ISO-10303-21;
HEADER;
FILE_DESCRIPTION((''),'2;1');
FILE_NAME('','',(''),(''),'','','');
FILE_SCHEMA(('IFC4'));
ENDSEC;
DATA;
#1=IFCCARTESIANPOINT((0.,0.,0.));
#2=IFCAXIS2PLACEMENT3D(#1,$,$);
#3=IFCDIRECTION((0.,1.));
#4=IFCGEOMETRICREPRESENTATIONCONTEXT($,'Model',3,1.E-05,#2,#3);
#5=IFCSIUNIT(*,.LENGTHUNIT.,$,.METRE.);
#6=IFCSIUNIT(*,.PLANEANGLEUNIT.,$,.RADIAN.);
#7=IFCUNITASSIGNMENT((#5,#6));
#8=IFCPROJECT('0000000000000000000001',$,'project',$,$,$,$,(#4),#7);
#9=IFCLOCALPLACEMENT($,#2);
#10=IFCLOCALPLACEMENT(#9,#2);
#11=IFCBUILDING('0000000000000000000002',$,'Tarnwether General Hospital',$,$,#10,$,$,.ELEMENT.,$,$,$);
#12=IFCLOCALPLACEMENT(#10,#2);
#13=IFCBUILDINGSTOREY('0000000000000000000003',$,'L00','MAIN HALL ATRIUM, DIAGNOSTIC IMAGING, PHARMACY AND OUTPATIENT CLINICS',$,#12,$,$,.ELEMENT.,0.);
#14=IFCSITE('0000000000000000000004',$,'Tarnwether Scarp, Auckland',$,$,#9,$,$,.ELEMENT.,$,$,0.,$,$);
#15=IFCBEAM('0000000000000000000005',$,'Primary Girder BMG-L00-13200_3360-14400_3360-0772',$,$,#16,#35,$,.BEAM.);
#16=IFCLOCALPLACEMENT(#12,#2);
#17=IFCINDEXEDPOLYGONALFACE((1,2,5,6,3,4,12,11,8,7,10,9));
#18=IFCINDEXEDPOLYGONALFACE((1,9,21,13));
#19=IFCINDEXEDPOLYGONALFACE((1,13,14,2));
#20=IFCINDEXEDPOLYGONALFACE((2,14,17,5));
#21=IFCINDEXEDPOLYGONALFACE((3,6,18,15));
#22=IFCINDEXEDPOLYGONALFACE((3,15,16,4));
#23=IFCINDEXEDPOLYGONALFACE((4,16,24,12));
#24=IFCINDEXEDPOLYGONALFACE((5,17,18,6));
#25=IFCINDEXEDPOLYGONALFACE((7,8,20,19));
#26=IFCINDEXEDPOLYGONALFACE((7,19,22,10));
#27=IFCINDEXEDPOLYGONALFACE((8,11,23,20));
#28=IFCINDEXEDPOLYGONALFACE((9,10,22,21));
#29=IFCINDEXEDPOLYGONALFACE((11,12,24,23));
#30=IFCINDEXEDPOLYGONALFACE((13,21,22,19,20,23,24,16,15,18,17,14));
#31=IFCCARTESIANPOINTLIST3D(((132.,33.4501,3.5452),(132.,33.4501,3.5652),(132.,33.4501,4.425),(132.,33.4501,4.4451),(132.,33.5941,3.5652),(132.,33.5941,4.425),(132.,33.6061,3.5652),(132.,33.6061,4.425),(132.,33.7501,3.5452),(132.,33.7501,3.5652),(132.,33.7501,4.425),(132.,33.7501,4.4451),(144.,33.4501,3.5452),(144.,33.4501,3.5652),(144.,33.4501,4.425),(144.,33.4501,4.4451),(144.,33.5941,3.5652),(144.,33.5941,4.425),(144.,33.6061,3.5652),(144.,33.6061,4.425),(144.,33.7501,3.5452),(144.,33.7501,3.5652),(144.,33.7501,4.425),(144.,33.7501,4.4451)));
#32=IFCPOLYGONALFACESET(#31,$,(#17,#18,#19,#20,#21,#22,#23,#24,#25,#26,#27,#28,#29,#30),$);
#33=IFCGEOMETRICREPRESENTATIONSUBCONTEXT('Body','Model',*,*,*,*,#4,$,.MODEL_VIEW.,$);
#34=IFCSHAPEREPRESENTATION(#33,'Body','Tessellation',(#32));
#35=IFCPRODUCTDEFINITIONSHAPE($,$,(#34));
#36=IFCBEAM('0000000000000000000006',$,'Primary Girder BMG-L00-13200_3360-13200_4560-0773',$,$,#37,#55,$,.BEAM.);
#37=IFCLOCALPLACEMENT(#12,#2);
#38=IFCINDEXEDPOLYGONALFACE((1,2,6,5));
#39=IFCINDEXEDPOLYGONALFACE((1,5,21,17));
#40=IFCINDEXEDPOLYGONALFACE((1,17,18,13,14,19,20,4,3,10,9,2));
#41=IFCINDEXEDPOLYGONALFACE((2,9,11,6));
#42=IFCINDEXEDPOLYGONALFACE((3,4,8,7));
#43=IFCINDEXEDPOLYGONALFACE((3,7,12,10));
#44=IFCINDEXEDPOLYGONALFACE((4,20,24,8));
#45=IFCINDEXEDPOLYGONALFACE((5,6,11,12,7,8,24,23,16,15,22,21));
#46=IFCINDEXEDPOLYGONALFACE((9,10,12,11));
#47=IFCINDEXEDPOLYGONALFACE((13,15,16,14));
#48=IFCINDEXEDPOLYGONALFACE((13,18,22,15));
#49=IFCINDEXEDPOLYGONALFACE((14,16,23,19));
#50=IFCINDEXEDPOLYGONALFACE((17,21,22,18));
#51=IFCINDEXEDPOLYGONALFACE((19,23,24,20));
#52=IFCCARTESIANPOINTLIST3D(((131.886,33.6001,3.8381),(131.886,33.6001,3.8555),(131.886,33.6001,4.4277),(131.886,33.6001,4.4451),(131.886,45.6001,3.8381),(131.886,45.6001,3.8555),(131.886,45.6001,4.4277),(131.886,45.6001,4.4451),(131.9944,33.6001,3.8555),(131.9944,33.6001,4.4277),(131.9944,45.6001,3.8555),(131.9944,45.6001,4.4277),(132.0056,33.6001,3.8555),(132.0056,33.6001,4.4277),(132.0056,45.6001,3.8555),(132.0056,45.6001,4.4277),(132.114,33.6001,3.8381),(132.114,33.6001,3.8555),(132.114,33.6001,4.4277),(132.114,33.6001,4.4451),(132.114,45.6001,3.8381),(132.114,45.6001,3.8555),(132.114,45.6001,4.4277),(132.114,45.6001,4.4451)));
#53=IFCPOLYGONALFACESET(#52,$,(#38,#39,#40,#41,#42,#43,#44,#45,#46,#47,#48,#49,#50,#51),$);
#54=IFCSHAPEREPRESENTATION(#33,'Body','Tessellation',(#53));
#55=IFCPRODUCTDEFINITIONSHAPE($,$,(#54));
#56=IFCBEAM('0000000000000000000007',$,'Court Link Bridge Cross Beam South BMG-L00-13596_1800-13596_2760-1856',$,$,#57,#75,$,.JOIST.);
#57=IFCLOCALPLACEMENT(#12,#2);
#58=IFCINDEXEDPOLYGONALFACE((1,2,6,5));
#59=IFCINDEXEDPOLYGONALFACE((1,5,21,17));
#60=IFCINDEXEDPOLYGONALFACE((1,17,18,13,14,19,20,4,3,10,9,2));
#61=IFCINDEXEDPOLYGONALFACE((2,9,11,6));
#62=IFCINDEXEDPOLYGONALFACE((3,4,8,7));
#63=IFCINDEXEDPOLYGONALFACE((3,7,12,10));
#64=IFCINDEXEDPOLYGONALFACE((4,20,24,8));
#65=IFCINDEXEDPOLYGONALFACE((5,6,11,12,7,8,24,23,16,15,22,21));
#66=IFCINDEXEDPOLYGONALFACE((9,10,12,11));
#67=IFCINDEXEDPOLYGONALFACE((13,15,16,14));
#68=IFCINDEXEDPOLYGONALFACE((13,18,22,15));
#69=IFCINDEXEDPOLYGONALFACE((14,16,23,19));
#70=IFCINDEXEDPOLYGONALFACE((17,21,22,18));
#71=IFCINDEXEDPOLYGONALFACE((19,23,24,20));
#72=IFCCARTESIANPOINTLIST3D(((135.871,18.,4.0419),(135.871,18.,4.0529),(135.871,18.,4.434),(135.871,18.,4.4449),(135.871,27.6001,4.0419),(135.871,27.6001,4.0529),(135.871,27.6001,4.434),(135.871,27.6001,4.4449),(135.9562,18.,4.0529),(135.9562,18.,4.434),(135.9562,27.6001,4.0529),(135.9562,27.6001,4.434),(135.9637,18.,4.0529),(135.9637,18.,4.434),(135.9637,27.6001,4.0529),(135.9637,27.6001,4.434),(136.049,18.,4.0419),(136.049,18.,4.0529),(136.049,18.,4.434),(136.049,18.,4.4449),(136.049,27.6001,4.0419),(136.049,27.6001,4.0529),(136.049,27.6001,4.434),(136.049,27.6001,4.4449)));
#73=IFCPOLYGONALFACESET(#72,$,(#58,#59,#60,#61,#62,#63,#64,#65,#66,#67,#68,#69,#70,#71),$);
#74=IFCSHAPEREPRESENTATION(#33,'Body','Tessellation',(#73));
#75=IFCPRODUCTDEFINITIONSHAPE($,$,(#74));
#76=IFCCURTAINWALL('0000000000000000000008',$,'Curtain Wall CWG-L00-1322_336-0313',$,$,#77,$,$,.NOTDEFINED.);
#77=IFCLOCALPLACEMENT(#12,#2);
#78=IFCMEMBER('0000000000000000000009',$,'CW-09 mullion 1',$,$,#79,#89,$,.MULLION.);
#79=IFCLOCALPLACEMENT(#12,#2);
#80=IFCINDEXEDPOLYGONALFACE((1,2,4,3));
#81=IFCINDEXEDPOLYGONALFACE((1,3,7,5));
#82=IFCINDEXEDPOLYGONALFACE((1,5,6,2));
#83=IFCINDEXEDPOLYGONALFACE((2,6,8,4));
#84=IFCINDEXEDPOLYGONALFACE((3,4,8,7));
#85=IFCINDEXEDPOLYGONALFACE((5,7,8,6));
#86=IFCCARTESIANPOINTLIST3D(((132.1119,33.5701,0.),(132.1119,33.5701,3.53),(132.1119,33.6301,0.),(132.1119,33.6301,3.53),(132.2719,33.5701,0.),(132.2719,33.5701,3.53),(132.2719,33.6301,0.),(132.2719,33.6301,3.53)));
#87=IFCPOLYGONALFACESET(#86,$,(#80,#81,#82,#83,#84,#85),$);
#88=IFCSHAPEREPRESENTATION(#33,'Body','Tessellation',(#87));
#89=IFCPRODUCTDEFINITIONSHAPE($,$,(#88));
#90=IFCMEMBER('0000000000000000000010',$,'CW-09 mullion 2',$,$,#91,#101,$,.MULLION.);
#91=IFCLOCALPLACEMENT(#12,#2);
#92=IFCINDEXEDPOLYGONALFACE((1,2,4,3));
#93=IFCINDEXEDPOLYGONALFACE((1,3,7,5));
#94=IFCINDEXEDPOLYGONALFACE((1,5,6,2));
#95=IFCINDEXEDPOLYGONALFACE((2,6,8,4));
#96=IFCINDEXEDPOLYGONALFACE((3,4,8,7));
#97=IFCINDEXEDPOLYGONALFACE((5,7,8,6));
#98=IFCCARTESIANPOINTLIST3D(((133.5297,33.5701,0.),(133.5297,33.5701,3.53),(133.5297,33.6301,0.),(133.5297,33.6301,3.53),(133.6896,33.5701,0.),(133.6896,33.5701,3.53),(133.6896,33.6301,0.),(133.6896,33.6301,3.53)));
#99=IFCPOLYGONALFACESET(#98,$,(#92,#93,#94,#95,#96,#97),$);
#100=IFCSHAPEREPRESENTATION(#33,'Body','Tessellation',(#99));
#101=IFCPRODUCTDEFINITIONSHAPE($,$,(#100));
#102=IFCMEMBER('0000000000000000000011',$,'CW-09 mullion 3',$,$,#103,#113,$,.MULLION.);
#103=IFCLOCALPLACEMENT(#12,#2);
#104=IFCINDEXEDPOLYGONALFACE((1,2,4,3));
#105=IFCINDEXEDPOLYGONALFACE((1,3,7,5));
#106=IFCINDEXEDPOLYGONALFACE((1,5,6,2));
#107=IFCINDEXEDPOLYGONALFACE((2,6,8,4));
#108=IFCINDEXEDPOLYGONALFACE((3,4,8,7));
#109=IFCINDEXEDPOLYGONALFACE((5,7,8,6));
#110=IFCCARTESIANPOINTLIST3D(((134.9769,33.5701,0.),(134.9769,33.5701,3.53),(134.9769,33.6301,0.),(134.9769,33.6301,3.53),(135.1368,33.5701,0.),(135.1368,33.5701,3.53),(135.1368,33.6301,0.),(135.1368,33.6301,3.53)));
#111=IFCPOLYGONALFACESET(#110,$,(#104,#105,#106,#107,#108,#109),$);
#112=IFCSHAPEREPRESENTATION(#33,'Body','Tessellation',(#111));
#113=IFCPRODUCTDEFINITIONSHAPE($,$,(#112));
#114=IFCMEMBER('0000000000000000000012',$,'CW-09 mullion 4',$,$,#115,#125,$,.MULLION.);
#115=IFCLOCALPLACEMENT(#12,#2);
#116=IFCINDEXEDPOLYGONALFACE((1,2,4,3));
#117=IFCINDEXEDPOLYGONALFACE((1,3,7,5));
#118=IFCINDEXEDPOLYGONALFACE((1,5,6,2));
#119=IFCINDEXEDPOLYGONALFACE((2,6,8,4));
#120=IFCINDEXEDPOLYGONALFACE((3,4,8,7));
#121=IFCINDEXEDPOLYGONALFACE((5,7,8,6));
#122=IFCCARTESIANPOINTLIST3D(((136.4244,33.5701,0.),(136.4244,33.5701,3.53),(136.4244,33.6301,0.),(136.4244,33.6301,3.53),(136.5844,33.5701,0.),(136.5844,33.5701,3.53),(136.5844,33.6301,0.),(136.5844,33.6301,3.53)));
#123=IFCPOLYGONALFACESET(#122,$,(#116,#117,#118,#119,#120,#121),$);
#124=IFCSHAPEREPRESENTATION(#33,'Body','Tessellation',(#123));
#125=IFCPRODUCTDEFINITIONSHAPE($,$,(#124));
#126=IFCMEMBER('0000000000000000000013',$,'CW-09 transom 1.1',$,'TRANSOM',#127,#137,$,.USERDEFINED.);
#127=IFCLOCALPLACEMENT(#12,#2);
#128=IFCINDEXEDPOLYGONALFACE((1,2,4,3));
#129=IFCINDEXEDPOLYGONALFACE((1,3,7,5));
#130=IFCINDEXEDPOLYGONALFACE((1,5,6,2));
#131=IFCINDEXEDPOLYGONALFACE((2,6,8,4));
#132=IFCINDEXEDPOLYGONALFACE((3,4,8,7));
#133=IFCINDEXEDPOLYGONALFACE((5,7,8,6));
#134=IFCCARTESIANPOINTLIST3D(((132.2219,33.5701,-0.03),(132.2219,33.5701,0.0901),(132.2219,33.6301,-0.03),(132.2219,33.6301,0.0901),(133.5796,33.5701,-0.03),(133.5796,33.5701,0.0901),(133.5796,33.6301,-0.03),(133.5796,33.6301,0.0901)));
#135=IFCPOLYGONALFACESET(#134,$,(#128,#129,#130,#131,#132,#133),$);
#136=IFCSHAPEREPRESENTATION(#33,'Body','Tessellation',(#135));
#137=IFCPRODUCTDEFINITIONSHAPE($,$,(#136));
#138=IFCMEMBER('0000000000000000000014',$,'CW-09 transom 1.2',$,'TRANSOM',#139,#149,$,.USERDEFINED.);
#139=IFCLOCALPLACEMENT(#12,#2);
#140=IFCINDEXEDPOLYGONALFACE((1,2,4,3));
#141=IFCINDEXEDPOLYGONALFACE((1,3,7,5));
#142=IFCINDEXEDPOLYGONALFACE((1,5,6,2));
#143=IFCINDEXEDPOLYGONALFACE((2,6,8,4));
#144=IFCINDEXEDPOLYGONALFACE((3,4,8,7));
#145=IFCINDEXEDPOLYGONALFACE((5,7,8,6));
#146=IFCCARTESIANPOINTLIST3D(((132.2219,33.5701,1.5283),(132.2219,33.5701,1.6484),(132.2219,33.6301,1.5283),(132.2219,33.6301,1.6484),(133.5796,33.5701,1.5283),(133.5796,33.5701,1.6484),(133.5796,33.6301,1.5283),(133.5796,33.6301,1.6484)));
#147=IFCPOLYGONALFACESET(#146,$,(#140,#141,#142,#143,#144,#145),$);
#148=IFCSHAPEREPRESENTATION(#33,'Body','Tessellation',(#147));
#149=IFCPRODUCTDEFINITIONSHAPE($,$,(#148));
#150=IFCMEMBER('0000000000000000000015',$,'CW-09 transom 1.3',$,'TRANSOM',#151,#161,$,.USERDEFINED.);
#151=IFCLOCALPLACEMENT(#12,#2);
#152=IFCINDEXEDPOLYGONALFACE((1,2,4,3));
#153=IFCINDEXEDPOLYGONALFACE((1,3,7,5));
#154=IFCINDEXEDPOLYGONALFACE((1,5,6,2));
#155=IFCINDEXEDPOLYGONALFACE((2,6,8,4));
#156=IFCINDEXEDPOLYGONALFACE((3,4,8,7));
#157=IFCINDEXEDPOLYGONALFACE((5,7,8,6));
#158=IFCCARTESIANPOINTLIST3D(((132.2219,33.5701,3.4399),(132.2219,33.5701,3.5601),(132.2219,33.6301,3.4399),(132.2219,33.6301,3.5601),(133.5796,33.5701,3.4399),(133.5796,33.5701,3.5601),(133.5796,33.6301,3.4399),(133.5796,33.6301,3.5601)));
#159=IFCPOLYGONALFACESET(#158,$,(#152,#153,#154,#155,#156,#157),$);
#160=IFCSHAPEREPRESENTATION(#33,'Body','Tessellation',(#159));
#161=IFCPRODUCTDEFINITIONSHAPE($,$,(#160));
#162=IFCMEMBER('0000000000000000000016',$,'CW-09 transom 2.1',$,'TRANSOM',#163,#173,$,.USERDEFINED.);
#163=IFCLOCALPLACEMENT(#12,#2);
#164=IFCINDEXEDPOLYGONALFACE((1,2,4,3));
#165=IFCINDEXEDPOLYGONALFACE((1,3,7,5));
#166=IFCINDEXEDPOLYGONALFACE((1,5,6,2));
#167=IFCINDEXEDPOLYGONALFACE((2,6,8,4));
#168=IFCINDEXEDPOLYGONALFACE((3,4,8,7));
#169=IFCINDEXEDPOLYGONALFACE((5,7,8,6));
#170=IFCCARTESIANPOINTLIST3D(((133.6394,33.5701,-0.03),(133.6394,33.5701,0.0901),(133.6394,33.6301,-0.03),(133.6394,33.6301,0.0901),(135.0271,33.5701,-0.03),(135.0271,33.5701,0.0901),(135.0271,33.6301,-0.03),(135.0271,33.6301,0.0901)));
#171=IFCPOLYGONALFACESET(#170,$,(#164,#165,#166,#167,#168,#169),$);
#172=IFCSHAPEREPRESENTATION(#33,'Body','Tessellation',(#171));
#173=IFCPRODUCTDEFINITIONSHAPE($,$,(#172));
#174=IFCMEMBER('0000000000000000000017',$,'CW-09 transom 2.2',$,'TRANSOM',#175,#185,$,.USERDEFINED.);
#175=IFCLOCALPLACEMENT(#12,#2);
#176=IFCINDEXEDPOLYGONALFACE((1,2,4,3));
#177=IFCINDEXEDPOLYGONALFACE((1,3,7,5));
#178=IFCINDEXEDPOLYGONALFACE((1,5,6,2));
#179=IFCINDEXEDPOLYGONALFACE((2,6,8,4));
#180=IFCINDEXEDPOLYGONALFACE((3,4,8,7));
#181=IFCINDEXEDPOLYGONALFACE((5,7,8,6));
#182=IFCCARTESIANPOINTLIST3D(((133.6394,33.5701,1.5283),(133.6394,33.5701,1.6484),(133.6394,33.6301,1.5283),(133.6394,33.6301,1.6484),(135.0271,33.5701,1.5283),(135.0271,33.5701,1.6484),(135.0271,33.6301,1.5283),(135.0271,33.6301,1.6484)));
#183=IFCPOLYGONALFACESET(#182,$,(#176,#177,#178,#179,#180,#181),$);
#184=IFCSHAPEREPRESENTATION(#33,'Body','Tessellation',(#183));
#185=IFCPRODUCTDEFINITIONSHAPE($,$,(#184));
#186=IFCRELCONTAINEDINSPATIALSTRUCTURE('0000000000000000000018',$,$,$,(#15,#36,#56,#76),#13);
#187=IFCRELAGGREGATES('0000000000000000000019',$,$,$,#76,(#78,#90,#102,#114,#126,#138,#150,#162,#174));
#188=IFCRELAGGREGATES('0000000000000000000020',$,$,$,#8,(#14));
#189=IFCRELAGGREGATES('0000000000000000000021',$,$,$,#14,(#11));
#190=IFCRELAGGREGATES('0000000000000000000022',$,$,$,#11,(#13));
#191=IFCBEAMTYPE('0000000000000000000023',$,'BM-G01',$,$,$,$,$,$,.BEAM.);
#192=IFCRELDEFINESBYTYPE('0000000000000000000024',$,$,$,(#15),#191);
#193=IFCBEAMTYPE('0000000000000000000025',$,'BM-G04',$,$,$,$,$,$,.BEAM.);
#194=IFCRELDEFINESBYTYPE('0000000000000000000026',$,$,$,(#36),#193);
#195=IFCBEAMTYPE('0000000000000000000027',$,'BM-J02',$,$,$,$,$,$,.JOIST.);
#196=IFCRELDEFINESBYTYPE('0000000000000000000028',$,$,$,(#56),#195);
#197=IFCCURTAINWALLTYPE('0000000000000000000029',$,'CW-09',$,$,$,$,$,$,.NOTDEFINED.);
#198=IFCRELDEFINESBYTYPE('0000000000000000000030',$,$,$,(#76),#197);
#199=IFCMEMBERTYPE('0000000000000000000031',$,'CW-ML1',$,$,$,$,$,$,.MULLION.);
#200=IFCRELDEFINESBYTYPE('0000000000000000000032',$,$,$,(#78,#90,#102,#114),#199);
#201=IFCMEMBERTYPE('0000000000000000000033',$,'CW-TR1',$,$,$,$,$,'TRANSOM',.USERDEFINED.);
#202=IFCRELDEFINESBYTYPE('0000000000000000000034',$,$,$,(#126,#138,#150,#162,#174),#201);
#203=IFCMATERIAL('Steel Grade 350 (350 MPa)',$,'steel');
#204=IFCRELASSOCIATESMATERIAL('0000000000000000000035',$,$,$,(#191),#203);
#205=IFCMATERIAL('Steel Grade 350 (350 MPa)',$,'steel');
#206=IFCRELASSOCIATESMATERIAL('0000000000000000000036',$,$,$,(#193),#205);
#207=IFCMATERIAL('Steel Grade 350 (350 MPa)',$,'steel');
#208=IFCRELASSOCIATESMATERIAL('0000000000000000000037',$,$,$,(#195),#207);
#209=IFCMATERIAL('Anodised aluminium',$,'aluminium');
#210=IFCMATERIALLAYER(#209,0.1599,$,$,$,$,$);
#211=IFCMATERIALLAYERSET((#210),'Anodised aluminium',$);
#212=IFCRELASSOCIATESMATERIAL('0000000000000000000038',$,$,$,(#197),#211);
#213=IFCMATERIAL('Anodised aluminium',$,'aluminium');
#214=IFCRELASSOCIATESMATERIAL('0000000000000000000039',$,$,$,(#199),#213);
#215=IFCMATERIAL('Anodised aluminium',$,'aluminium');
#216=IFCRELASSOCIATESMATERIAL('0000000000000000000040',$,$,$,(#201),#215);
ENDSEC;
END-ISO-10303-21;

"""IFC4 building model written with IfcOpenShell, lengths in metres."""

from ifc_helpers import new_model, si_unit, direction, frame, origin, origin_2d, place, context, subcontext, project, spatial, rectangle, i_section, extrude, material, layer, layer_set, material_profile, profile_set, type_object, element, aggregate, save


model = new_model("IFC4")

# Units and contexts
model_context = context("Model", 3, precision=1e-05, world=origin(), true_north=direction((0.0, 1.0)))
body_context = subcontext(model_context, "Body", "Model", "MODEL_VIEW")
ifc_project = project(units=[si_unit("LENGTHUNIT", "METRE"), si_unit("PLANEANGLEUNIT", "RADIAN")], contexts=[model_context])

# Site, building, storey
site_placement = place(None, origin())
site = spatial("IfcSite", under=ifc_project, at=site_placement, Name="Tarnwether Scarp, Auckland", CompositionType="ELEMENT", RefElevation=0.0)
building_placement = place(site_placement, origin())
building = spatial("IfcBuilding", under=site, at=building_placement, Name="Tarnwether General Hospital", CompositionType="ELEMENT")
storey_placement = place(building_placement, origin())
storey = spatial("IfcBuildingStorey", under=building, at=storey_placement, Name="L00", Description="MAIN HALL ATRIUM, DIAGNOSTIC IMAGING, PHARMACY AND OUTPATIENT CLINICS", CompositionType="ELEMENT", Elevation=0.0)

# Beams
ifc_material_1 = material(Name="Steel Grade 350 (350 MPa)", Category="steel")
ifc_material_profile_1 = material_profile(ifc_material_1, i_section(OverallWidth=0.3, OverallDepth=0.8999, WebThickness=0.012, FlangeThickness=0.02, at=origin_2d()), Name="900WB175")
ifc_profile_set_1 = profile_set([ifc_material_profile_1], Name="Steel Grade 350 (350 MPa)")
beam_type_1 = type_object("IfcBeamType", Name="BM-G01", PredefinedType="BEAM", material=ifc_profile_set_1)
beam_1_placement = place(storey_placement, frame((132.0, 33.6001, 3.9951), z_axis=(1.0, 0.0, 0.0), x_axis=(0.0, 1.0, 0.0)))
element("IfcBeam", 1, at=beam_1_placement, inside=storey, type_object=beam_type_1, Name="Primary Girder BMG-L00-13200_3360-14400_3360-0772", PredefinedType="BEAM", context=body_context, shape_type="SweptSolid", body=[
    extrude(i_section(OverallWidth=0.3, OverallDepth=0.8999, WebThickness=0.012, FlangeThickness=0.02, at=origin_2d()), origin(), (0.0, 0.0, 1.0), 12.0),
])
ifc_material_2 = material(Name="Steel Grade 350 (350 MPa)", Category="steel")
ifc_material_profile_2 = material_profile(ifc_material_2, i_section(OverallWidth=0.228, OverallDepth=0.6069, WebThickness=0.0112, FlangeThickness=0.0173, at=origin_2d()), Name="610UB113")
ifc_profile_set_2 = profile_set([ifc_material_profile_2], Name="Steel Grade 350 (350 MPa)")
beam_type_2 = type_object("IfcBeamType", Name="BM-G04", PredefinedType="BEAM", material=ifc_profile_set_2)
beam_2_placement = place(storey_placement, frame((132.0, 33.6001, 4.1416), z_axis=(0.0, 1.0, 0.0), x_axis=(-1.0, 0.0, 0.0)))
element("IfcBeam", 2, at=beam_2_placement, inside=storey, type_object=beam_type_2, Name="Primary Girder BMG-L00-13200_3360-13200_4560-0773", PredefinedType="BEAM", context=body_context, shape_type="SweptSolid", body=[
    extrude(i_section(OverallWidth=0.228, OverallDepth=0.6069, WebThickness=0.0112, FlangeThickness=0.0173, at=origin_2d()), origin(), (0.0, 0.0, 1.0), 12.0),
])
ifc_material_3 = material(Name="Steel Grade 350 (350 MPa)", Category="steel")
ifc_material_profile_3 = material_profile(ifc_material_3, i_section(OverallWidth=0.178, OverallDepth=0.4031, WebThickness=0.0076, FlangeThickness=0.011, at=origin_2d()), Name="410UB53.7")
ifc_profile_set_3 = profile_set([ifc_material_profile_3], Name="Steel Grade 350 (350 MPa)")
beam_type_3 = type_object("IfcBeamType", Name="BM-J02", PredefinedType="JOIST", material=ifc_profile_set_3)
beam_3_placement = place(storey_placement, frame((135.96, 18.0, 4.2434), z_axis=(0.0, 1.0, 0.0), x_axis=(-1.0, 0.0, 0.0)))
element("IfcBeam", 3, at=beam_3_placement, inside=storey, type_object=beam_type_3, Name="Court Link Bridge Cross Beam South BMG-L00-13596_1800-13596_2760-1856", PredefinedType="JOIST", context=body_context, shape_type="SweptSolid", body=[
    extrude(i_section(OverallWidth=0.178, OverallDepth=0.4031, WebThickness=0.0076, FlangeThickness=0.011, at=origin_2d()), origin(), (0.0, 0.0, 1.0), 9.6001),
])

# Curtain wall, members
ifc_material_4 = material(Name="Anodised aluminium", Category="aluminium")
ifc_layer_1 = layer(ifc_material_4, 0.1599)
ifc_layer_set_1 = layer_set([ifc_layer_1], Name="Anodised aluminium")
curtain_wall_type = type_object("IfcCurtainWallType", Name="CW-09", PredefinedType="NOTDEFINED", material=ifc_layer_set_1)
curtain_wall_placement = place(storey_placement, origin())
curtain_wall = element("IfcCurtainWall", 4, at=curtain_wall_placement, inside=storey, type_object=curtain_wall_type, Name="Curtain Wall CWG-L00-1322_336-0313", PredefinedType="NOTDEFINED")
ifc_material_5 = material(Name="Anodised aluminium", Category="aluminium")
ifc_material_profile_4 = material_profile(ifc_material_5, rectangle(XDim=0.0601, YDim=0.1599, at=origin_2d()), Name="ALU-MUL-60x160")
ifc_profile_set_4 = profile_set([ifc_material_profile_4], Name="Anodised aluminium")
member_type_1 = type_object("IfcMemberType", Name="CW-ML1", PredefinedType="MULLION", material=ifc_profile_set_4)
member_1_placement = place(storey_placement, frame((132.1919, 33.6001, 0.0), z_axis=(0.0, 0.0, 1.0), x_axis=(0.0, 1.0, 0.0)))
member_1 = element("IfcMember", 5, at=member_1_placement, type_object=member_type_1, Name="CW-09 mullion 1", PredefinedType="MULLION", context=body_context, shape_type="SweptSolid", body=[
    extrude(rectangle(XDim=0.0601, YDim=0.1599, at=origin_2d()), origin(), (0.0, 0.0, 1.0), 3.53),
])
member_2_placement = place(storey_placement, frame((133.6096, 33.6001, 0.0), z_axis=(0.0, 0.0, 1.0), x_axis=(0.0, 1.0, 0.0)))
member_2 = element("IfcMember", 6, at=member_2_placement, type_object=member_type_1, Name="CW-09 mullion 2", PredefinedType="MULLION", context=body_context, shape_type="SweptSolid", body=[
    extrude(rectangle(XDim=0.0601, YDim=0.1599, at=origin_2d()), origin(), (0.0, 0.0, 1.0), 3.53),
])
member_3_placement = place(storey_placement, frame((135.0569, 33.6001, 0.0), z_axis=(0.0, 0.0, 1.0), x_axis=(0.0, 1.0, 0.0)))
member_3 = element("IfcMember", 7, at=member_3_placement, type_object=member_type_1, Name="CW-09 mullion 3", PredefinedType="MULLION", context=body_context, shape_type="SweptSolid", body=[
    extrude(rectangle(XDim=0.0601, YDim=0.1599, at=origin_2d()), origin(), (0.0, 0.0, 1.0), 3.53),
])
member_4_placement = place(storey_placement, frame((136.5044, 33.6001, 0.0), z_axis=(0.0, 0.0, 1.0), x_axis=(0.0, 1.0, 0.0)))
member_4 = element("IfcMember", 8, at=member_4_placement, type_object=member_type_1, Name="CW-09 mullion 4", PredefinedType="MULLION", context=body_context, shape_type="SweptSolid", body=[
    extrude(rectangle(XDim=0.0601, YDim=0.1599, at=origin_2d()), origin(), (0.0, 0.0, 1.0), 3.53),
])
ifc_material_6 = material(Name="Anodised aluminium", Category="aluminium")
ifc_material_profile_5 = material_profile(ifc_material_6, rectangle(XDim=0.0601, YDim=0.1201, at=origin_2d()), Name="ALU-TRN-60x120")
ifc_profile_set_5 = profile_set([ifc_material_profile_5], Name="Anodised aluminium")
member_type_2 = type_object("IfcMemberType", Name="CW-TR1", ElementType="TRANSOM", PredefinedType="USERDEFINED", material=ifc_profile_set_5)
member_5_placement = place(storey_placement, frame((132.2219, 33.6001, 0.03), z_axis=(1.0, 0.0, 0.0), x_axis=(0.0, 1.0, 0.0)))
member_5 = element("IfcMember", 9, at=member_5_placement, type_object=member_type_2, Name="CW-09 transom 1.1", ObjectType="TRANSOM", PredefinedType="USERDEFINED", context=body_context, shape_type="SweptSolid", body=[
    extrude(rectangle(XDim=0.0601, YDim=0.1201, at=origin_2d()), origin(), (0.0, 0.0, 1.0), 1.3577),
])
member_6_placement = place(storey_placement, frame((132.2219, 33.6001, 1.5884), z_axis=(1.0, 0.0, 0.0), x_axis=(0.0, 1.0, 0.0)))
member_6 = element("IfcMember", 10, at=member_6_placement, type_object=member_type_2, Name="CW-09 transom 1.2", ObjectType="TRANSOM", PredefinedType="USERDEFINED", context=body_context, shape_type="SweptSolid", body=[
    extrude(rectangle(XDim=0.0601, YDim=0.1201, at=origin_2d()), origin(), (0.0, 0.0, 1.0), 1.3577),
])
member_7_placement = place(storey_placement, frame((132.2219, 33.6001, 3.5), z_axis=(1.0, 0.0, 0.0), x_axis=(0.0, 1.0, 0.0)))
member_7 = element("IfcMember", 11, at=member_7_placement, type_object=member_type_2, Name="CW-09 transom 1.3", ObjectType="TRANSOM", PredefinedType="USERDEFINED", context=body_context, shape_type="SweptSolid", body=[
    extrude(rectangle(XDim=0.0601, YDim=0.1201, at=origin_2d()), origin(), (0.0, 0.0, 1.0), 1.3577),
])
member_8_placement = place(storey_placement, frame((133.6394, 33.6001, 0.03), z_axis=(1.0, 0.0, 0.0), x_axis=(0.0, 1.0, 0.0)))
member_8 = element("IfcMember", 12, at=member_8_placement, type_object=member_type_2, Name="CW-09 transom 2.1", ObjectType="TRANSOM", PredefinedType="USERDEFINED", context=body_context, shape_type="SweptSolid", body=[
    extrude(rectangle(XDim=0.0601, YDim=0.1201, at=origin_2d()), origin(), (0.0, 0.0, 1.0), 1.3877),
])
member_9_placement = place(storey_placement, frame((133.6394, 33.6001, 1.5884), z_axis=(1.0, 0.0, 0.0), x_axis=(0.0, 1.0, 0.0)))
member_9 = element("IfcMember", 13, at=member_9_placement, type_object=member_type_2, Name="CW-09 transom 2.2", ObjectType="TRANSOM", PredefinedType="USERDEFINED", context=body_context, shape_type="SweptSolid", body=[
    extrude(rectangle(XDim=0.0601, YDim=0.1201, at=origin_2d()), origin(), (0.0, 0.0, 1.0), 1.3877),
])
aggregate(curtain_wall, [member_1, member_2, member_3, member_4, member_5, member_6, member_7, member_8, member_9])

save(model, "model.ifc")
